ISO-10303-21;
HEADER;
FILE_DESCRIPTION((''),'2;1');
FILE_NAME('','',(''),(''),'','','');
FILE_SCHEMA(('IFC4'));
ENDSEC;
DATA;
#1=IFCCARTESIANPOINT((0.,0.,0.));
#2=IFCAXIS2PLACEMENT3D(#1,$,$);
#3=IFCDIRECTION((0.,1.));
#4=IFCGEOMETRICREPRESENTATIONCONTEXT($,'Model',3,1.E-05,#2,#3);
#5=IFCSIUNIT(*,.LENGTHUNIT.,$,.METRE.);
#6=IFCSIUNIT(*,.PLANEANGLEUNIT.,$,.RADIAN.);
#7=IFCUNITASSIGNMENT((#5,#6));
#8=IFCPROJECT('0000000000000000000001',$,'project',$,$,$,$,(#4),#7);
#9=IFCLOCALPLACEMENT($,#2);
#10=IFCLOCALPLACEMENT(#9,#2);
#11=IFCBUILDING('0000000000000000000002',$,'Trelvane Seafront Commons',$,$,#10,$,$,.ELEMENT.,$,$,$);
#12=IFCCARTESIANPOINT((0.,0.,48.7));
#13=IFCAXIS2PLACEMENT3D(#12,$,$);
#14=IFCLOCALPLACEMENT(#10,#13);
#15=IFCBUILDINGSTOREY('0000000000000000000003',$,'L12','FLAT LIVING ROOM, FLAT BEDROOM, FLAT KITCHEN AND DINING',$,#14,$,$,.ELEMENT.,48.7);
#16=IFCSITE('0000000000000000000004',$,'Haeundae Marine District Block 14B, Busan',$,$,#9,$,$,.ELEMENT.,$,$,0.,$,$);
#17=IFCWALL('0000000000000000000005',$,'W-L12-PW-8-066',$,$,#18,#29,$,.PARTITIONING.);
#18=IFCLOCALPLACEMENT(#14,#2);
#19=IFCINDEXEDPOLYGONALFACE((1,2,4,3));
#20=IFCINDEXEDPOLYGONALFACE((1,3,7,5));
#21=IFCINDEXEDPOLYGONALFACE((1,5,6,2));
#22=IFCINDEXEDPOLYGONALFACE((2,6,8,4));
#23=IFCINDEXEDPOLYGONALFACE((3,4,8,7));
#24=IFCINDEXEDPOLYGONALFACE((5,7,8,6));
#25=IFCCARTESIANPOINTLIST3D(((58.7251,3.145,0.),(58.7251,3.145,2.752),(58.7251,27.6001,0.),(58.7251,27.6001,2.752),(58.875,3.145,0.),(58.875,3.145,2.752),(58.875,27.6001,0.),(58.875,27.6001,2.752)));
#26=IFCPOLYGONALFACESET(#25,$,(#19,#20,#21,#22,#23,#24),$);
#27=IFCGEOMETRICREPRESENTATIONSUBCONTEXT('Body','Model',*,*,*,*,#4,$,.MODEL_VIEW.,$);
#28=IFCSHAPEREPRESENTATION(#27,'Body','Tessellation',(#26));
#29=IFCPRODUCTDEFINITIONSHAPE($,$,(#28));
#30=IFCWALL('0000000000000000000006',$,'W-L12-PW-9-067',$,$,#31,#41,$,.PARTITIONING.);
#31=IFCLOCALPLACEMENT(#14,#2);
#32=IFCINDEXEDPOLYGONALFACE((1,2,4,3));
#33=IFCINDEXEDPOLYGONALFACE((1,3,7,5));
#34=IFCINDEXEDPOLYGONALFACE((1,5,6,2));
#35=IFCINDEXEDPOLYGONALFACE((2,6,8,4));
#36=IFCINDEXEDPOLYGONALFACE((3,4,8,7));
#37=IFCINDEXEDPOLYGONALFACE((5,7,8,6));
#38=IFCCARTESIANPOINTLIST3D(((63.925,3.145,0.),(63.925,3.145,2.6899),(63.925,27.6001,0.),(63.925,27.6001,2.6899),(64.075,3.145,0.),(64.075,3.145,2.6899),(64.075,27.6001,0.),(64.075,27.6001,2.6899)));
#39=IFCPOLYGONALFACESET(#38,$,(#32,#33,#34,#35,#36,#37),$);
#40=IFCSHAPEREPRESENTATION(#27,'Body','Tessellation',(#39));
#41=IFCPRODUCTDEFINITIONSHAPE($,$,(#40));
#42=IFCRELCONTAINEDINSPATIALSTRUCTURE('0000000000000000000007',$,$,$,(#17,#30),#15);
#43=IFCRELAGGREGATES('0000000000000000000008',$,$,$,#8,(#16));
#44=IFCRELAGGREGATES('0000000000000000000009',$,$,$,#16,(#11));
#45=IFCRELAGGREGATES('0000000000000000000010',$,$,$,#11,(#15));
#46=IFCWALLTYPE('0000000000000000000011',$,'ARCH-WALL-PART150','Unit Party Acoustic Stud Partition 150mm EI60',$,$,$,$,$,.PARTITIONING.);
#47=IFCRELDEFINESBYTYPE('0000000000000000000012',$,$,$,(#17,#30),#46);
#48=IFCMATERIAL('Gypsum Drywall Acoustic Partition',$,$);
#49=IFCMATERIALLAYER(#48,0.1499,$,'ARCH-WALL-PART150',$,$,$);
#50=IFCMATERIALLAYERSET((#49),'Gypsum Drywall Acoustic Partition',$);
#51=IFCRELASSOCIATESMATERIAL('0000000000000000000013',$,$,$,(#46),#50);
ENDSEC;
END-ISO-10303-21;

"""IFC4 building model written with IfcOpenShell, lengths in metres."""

from ifc_helpers import new_model, si_unit, direction, frame, frame_2d, origin, place, context, subcontext, project, spatial, rectangle, extrude, material, layer, layer_set, type_object, element, save


model = new_model("IFC4")

# Units and contexts
model_context = context("Model", 3, precision=1e-05, world=origin(), true_north=direction((0.0, 1.0)))
body_context = subcontext(model_context, "Body", "Model", "MODEL_VIEW")
ifc_project = project(units=[si_unit("LENGTHUNIT", "METRE"), si_unit("PLANEANGLEUNIT", "RADIAN")], contexts=[model_context])

# Site, building, storey
site_placement = place(None, origin())
site = spatial("IfcSite", under=ifc_project, at=site_placement, Name="Haeundae Marine District Block 14B, Busan", CompositionType="ELEMENT", RefElevation=0.0)
building_placement = place(site_placement, origin())
building = spatial("IfcBuilding", under=site, at=building_placement, Name="Trelvane Seafront Commons", CompositionType="ELEMENT")
storey_placement = place(building_placement, frame((0.0, 0.0, 48.7)))
storey = spatial("IfcBuildingStorey", under=building, at=storey_placement, Name="L12", Description="FLAT LIVING ROOM, FLAT BEDROOM, FLAT KITCHEN AND DINING", CompositionType="ELEMENT", Elevation=48.7)

# Walls
ifc_material_1 = material(Name="Gypsum Drywall Acoustic Partition")
ifc_layer_1 = layer(ifc_material_1, 0.1499, Name="ARCH-WALL-PART150")
ifc_layer_set_1 = layer_set([ifc_layer_1], Name="Gypsum Drywall Acoustic Partition")
wall_type_1 = type_object("IfcWallType", Name="ARCH-WALL-PART150", Description="Unit Party Acoustic Stud Partition 150mm EI60", PredefinedType="PARTITIONING", material=ifc_layer_set_1)
wall_1_placement = place(storey_placement, frame((58.8, 3.145, 0.0), z_axis=(0.0, 0.0, 1.0), x_axis=(0.0, 1.0, 0.0)))
element("IfcWall", 1, at=wall_1_placement, inside=storey, type_object=wall_type_1, Name="W-L12-PW-8-066", PredefinedType="PARTITIONING", context=body_context, shape_type="SweptSolid", body=[
    extrude(rectangle(XDim=24.4551, YDim=0.1499, at=frame_2d((12.2275, 0.0))), origin(), (0.0, 0.0, 1.0), 2.752),
])
wall_2_placement = place(storey_placement, frame((64.0, 3.145, 0.0), z_axis=(0.0, 0.0, 1.0), x_axis=(0.0, 1.0, 0.0)))
element("IfcWall", 2, at=wall_2_placement, inside=storey, type_object=wall_type_1, Name="W-L12-PW-9-067", PredefinedType="PARTITIONING", context=body_context, shape_type="SweptSolid", body=[
    extrude(rectangle(XDim=24.4551, YDim=0.1499, at=frame_2d((12.2275, 0.0))), origin(), (0.0, 0.0, 1.0), 2.6899),
])

save(model, "model.ifc")
